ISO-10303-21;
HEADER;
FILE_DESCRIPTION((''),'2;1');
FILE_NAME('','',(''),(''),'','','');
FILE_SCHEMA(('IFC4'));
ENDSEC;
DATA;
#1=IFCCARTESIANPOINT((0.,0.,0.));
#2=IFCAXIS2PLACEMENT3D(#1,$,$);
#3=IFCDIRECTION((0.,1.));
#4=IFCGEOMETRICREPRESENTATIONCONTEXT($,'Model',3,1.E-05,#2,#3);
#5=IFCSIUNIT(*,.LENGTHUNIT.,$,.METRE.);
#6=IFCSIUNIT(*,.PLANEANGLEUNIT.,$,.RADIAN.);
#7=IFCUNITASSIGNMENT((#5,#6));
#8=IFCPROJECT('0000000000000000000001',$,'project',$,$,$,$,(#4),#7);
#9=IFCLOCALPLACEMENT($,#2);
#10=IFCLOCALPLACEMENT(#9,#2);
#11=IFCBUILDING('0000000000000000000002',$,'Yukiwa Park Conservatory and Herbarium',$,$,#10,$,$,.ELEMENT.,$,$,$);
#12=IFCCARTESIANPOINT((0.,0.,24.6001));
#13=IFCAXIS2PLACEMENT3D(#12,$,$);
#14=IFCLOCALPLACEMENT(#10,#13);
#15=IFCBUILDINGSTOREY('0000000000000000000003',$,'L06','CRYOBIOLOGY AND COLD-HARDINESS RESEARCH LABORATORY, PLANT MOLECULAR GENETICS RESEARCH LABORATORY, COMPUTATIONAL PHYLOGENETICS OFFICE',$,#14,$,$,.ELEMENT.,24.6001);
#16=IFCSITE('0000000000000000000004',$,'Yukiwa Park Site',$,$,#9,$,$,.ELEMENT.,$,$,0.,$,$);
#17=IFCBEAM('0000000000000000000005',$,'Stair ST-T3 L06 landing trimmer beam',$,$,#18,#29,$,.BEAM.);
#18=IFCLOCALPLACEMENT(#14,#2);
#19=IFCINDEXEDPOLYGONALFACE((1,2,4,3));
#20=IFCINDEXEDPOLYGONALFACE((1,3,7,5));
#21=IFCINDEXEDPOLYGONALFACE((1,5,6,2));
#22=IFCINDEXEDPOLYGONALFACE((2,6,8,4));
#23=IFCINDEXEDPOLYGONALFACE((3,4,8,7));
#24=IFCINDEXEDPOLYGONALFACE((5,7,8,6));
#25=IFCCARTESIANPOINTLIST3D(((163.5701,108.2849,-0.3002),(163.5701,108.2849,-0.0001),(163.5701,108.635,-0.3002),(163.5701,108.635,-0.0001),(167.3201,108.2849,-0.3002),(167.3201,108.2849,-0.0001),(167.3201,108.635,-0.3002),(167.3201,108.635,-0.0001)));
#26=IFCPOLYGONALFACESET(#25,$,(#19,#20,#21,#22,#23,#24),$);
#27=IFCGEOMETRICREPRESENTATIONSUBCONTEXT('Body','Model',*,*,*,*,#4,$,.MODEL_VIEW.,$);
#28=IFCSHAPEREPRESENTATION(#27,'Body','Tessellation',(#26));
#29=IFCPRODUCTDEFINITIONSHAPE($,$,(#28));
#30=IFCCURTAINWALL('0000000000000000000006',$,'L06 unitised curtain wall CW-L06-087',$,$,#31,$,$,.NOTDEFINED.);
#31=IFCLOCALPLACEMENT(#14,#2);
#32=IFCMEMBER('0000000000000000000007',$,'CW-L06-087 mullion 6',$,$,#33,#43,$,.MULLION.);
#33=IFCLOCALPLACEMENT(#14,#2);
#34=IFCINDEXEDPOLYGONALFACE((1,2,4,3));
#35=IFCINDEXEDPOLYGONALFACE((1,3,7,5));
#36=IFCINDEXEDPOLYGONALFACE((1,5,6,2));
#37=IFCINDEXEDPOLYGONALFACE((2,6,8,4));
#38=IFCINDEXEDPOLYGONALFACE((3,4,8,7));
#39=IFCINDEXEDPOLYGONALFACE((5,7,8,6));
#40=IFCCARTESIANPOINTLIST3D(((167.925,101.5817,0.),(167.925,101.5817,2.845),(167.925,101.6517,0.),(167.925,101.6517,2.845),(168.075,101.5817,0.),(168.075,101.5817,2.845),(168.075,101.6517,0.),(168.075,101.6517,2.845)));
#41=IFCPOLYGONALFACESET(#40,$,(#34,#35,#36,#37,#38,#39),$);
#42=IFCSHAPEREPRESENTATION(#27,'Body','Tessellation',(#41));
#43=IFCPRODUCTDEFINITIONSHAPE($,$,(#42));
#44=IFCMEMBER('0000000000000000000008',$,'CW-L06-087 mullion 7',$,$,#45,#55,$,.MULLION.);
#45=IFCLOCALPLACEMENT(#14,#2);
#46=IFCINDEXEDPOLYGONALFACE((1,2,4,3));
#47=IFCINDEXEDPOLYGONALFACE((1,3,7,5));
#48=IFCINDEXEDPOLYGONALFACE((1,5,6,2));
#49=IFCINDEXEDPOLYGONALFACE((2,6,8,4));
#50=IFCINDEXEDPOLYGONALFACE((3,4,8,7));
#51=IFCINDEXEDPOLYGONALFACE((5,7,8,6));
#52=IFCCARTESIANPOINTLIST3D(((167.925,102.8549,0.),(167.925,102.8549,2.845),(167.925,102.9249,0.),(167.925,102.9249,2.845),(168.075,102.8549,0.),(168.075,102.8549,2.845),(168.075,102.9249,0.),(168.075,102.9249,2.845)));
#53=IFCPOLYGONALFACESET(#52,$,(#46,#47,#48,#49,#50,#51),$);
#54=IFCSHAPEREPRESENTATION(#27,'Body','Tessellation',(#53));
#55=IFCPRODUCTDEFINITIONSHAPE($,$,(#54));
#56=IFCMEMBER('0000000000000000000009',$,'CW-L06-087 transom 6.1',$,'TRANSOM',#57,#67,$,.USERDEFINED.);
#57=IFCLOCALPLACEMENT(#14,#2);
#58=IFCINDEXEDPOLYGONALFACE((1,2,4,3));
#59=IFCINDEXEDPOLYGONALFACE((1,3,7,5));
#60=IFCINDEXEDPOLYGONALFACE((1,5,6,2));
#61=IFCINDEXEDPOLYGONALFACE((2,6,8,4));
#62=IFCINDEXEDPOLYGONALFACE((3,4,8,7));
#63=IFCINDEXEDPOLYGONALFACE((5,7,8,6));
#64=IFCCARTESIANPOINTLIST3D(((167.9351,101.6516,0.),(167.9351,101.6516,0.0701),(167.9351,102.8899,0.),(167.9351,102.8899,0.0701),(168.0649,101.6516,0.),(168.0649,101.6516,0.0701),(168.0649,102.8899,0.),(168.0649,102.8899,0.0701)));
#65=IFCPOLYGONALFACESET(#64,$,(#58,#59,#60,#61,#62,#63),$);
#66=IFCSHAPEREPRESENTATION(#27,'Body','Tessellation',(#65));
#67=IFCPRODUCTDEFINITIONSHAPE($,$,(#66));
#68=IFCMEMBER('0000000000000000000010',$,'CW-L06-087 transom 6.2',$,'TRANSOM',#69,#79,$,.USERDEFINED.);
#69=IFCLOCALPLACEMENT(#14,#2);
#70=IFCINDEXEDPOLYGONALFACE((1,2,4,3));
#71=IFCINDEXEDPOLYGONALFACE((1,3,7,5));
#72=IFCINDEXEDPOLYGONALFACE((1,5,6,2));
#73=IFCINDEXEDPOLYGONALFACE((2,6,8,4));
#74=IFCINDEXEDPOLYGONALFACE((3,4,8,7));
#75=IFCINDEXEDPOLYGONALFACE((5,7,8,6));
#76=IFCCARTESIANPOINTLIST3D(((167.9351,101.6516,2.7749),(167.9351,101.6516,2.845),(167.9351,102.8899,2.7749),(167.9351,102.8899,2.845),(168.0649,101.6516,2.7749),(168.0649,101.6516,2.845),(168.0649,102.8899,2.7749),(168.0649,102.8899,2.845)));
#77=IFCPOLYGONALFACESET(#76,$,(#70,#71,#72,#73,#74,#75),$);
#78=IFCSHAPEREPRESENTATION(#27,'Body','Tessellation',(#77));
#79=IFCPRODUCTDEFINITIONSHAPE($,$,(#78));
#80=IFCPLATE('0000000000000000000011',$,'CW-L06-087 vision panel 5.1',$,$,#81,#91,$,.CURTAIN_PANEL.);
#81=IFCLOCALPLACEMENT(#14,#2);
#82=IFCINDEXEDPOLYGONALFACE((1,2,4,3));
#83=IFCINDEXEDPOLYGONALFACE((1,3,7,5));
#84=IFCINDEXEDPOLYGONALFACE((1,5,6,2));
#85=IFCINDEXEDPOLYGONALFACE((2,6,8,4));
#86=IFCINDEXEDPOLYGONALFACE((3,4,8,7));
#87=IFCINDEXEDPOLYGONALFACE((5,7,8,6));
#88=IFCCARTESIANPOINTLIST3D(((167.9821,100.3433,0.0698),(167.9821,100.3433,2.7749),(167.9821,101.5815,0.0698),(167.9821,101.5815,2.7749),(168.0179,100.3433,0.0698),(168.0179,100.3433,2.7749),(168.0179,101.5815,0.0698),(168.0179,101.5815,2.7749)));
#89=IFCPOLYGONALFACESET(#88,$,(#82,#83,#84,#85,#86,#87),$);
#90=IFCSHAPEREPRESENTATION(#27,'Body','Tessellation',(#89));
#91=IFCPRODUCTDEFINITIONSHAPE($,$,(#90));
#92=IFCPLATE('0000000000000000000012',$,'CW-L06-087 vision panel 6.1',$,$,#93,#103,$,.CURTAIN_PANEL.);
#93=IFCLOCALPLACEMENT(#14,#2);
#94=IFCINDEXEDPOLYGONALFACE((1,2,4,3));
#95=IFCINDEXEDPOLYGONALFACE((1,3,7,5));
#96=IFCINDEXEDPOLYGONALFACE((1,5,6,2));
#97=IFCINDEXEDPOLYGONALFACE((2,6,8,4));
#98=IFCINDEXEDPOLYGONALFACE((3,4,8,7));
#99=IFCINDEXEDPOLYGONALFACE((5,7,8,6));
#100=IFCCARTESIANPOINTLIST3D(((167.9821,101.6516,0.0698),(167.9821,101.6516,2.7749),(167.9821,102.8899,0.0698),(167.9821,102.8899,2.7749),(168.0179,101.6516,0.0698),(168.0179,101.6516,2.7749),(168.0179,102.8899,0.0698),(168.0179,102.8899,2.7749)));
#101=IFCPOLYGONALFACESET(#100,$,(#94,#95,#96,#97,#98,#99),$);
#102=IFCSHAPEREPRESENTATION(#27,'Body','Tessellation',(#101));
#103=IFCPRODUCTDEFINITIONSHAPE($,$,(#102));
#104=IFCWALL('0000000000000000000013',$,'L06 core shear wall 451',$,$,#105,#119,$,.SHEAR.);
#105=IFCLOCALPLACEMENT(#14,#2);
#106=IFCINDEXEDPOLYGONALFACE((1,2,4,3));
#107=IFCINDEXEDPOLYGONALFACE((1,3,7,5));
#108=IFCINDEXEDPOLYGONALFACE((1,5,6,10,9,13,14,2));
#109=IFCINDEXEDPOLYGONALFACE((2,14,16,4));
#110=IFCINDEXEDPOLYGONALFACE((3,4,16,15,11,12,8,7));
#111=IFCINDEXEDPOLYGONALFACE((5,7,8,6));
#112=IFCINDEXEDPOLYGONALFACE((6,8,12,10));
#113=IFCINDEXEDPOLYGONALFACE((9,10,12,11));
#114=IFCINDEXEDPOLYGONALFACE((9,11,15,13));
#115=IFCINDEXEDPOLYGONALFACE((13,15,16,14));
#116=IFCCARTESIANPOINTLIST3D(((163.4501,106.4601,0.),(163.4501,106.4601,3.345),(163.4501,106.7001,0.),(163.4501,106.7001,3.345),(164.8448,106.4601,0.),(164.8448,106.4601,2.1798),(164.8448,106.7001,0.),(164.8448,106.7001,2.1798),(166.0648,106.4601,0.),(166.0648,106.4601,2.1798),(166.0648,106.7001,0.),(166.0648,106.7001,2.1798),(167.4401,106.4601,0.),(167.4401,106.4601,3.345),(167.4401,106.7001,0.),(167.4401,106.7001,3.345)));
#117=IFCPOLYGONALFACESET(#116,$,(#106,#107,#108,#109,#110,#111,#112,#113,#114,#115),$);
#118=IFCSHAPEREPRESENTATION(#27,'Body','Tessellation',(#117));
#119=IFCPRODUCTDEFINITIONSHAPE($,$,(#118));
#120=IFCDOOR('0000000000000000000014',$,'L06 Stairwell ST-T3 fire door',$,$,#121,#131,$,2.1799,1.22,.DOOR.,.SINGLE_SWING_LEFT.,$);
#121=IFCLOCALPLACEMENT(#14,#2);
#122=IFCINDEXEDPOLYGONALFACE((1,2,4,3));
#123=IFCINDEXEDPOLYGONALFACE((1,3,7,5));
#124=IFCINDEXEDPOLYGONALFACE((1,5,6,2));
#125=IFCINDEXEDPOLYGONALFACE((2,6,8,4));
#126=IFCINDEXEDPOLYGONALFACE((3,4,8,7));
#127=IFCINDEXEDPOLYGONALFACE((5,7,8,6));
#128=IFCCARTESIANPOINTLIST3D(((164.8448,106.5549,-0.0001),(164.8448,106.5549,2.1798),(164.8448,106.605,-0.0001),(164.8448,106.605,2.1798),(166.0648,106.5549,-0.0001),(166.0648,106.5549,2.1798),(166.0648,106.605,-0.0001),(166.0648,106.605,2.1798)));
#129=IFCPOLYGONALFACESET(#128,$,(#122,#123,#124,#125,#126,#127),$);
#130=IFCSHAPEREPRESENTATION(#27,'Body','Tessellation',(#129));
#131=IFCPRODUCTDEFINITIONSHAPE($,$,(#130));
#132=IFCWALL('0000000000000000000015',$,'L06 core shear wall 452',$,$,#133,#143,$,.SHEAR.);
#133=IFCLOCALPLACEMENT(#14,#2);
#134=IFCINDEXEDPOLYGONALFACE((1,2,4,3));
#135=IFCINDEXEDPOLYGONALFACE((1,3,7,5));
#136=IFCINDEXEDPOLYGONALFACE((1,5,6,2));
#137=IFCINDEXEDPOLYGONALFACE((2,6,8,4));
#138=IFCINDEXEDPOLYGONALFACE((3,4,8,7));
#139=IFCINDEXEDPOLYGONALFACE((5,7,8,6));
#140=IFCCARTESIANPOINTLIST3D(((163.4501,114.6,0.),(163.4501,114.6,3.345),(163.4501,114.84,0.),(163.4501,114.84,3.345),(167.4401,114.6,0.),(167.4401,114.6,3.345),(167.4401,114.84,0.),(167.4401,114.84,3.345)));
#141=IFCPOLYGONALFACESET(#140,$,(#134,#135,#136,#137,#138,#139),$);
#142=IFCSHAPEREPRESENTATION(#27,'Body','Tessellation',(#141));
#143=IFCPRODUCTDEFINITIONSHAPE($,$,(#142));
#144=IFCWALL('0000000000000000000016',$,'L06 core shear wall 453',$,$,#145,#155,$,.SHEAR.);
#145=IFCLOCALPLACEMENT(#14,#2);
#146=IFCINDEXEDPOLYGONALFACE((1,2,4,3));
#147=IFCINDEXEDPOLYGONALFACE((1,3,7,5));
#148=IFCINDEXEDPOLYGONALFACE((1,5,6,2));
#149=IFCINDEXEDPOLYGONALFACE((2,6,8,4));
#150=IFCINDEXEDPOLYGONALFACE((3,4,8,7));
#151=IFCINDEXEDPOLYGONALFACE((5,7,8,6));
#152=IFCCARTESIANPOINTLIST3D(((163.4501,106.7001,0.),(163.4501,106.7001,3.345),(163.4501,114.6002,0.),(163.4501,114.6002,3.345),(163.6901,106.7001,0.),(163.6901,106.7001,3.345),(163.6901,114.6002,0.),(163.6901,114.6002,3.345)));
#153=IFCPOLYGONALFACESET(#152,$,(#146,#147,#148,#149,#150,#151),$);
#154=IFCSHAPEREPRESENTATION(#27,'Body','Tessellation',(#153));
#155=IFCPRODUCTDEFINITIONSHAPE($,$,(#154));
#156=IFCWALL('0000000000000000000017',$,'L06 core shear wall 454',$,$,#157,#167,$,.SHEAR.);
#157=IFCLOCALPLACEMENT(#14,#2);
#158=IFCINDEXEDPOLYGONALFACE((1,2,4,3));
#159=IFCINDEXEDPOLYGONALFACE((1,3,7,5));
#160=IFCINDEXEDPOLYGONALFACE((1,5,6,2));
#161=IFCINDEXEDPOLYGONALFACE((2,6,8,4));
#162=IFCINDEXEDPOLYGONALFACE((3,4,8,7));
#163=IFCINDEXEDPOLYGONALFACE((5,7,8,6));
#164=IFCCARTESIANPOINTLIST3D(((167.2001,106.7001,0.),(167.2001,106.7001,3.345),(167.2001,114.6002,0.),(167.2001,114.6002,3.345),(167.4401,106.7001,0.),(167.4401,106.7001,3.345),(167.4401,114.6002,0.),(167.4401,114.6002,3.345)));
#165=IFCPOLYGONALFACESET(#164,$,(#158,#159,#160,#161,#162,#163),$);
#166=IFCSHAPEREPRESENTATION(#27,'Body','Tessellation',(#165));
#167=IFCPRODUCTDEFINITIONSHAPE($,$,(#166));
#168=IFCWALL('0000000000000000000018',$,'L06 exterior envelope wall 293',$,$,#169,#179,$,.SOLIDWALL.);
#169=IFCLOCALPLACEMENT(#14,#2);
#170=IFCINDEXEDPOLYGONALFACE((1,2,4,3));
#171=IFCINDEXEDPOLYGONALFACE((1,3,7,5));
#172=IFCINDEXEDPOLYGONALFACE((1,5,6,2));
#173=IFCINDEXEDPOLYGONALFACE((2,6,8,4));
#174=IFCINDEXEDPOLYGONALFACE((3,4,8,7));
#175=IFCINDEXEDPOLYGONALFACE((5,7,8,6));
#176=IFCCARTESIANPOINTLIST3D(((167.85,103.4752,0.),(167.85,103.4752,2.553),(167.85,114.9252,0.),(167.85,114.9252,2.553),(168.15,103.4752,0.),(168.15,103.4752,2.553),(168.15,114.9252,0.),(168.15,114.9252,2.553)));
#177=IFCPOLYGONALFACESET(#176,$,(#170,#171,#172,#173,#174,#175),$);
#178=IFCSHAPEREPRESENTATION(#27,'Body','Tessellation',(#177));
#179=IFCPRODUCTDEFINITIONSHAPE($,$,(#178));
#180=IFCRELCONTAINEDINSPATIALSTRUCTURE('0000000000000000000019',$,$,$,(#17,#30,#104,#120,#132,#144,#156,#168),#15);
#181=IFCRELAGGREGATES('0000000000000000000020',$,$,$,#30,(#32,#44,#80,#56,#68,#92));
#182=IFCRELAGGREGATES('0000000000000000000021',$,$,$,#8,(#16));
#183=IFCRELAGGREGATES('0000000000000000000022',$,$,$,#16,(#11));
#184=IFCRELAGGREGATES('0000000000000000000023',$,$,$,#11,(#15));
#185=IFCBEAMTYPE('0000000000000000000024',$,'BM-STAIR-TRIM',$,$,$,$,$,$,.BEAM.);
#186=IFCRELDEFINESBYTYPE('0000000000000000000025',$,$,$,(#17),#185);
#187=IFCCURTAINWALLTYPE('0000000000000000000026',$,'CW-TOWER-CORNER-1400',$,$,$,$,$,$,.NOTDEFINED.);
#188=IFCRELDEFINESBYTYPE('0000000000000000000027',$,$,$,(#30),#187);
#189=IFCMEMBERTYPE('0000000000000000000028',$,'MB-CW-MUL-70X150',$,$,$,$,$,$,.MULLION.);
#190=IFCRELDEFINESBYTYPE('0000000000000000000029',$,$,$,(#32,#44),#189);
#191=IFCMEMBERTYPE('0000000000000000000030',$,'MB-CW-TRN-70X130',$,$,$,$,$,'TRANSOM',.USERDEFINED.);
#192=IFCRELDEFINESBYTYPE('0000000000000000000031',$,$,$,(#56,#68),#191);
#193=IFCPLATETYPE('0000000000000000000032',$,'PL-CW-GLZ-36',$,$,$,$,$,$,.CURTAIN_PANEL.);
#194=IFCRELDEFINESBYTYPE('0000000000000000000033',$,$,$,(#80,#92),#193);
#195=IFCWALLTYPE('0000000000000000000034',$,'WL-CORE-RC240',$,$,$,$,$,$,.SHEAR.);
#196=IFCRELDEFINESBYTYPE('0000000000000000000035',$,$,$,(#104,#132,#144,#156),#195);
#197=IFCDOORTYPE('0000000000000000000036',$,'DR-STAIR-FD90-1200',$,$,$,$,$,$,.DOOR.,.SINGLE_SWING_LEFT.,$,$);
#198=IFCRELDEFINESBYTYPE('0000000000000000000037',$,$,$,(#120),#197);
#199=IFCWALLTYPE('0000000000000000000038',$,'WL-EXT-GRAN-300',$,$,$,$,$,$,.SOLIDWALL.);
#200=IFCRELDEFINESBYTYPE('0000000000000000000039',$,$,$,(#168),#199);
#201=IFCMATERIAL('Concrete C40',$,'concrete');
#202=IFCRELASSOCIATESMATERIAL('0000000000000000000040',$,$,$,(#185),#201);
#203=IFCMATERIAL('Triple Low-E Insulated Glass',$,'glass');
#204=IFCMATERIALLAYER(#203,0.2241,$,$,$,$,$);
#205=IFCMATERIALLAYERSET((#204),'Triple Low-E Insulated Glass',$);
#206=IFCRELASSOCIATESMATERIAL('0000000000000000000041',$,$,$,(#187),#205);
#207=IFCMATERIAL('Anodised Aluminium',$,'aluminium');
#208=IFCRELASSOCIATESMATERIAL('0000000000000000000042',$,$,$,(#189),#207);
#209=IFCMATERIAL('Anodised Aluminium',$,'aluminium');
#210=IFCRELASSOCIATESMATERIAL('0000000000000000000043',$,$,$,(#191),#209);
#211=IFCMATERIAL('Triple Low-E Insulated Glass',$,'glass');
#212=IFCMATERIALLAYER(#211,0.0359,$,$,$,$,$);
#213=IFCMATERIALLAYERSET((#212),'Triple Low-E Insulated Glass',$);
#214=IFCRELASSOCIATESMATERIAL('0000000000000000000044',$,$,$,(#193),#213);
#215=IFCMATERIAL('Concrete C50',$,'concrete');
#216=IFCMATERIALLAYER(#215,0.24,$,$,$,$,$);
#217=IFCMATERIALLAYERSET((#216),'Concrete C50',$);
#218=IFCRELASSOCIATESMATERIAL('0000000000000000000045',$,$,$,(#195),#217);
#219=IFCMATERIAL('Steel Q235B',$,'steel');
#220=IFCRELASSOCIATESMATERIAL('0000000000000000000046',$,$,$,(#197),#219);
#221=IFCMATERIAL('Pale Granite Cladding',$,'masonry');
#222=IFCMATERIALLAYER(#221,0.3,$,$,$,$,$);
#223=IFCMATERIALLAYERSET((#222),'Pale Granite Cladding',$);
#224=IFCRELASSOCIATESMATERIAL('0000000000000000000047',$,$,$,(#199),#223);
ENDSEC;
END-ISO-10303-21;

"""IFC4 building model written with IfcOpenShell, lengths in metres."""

from ifc_helpers import new_model, si_unit, direction, frame, frame_2d, origin, origin_2d, place, context, subcontext, project, spatial, rectangle, extrude, material, layer, layer_set, material_profile, profile_set, type_object, element, fill, aggregate, save


model = new_model("IFC4")

# Units and contexts
model_context = context("Model", 3, precision=1e-05, world=origin(), true_north=direction((0.0, 1.0)))
body_context = subcontext(model_context, "Body", "Model", "MODEL_VIEW")
ifc_project = project(units=[si_unit("LENGTHUNIT", "METRE"), si_unit("PLANEANGLEUNIT", "RADIAN")], contexts=[model_context])

# Site, building, storey
site_placement = place(None, origin())
site = spatial("IfcSite", under=ifc_project, at=site_placement, Name="Yukiwa Park Site", CompositionType="ELEMENT", RefElevation=0.0)
building_placement = place(site_placement, origin())
building = spatial("IfcBuilding", under=site, at=building_placement, Name="Yukiwa Park Conservatory and Herbarium", CompositionType="ELEMENT")
storey_placement = place(building_placement, frame((0.0, 0.0, 24.6001)))
storey = spatial("IfcBuildingStorey", under=building, at=storey_placement, Name="L06", Description="CRYOBIOLOGY AND COLD-HARDINESS RESEARCH LABORATORY, PLANT MOLECULAR GENETICS RESEARCH LABORATORY, COMPUTATIONAL PHYLOGENETICS OFFICE", CompositionType="ELEMENT", Elevation=24.6001)

# Beam
ifc_material_1 = material(Name="Concrete C40", Category="concrete")
ifc_material_profile_1 = material_profile(ifc_material_1, rectangle(XDim=0.3501, YDim=0.3, at=origin_2d()), Name="RC 350x300")
ifc_profile_set_1 = profile_set([ifc_material_profile_1], Name="Concrete C40")
beam_type_1 = type_object("IfcBeamType", Name="BM-STAIR-TRIM", PredefinedType="BEAM", material=ifc_profile_set_1)
beam_1_placement = place(storey_placement, frame((163.5701, 108.46, -0.1501), z_axis=(1.0, 0.0, 0.0), x_axis=(0.0, 1.0, 0.0)))
element("IfcBeam", 1, at=beam_1_placement, inside=storey, type_object=beam_type_1, Name="Stair ST-T3 L06 landing trimmer beam", PredefinedType="BEAM", context=body_context, shape_type="SweptSolid", body=[
    extrude(rectangle(XDim=0.3501, YDim=0.3, at=origin_2d()), origin(), (0.0, 0.0, 1.0), 3.75),
])

# Curtain wall, members, plates
ifc_material_2 = material(Name="Triple Low-E Insulated Glass", Category="glass")
ifc_layer_1 = layer(ifc_material_2, 0.2241)
ifc_layer_set_1 = layer_set([ifc_layer_1], Name="Triple Low-E Insulated Glass")
curtain_wall_type = type_object("IfcCurtainWallType", Name="CW-TOWER-CORNER-1400", PredefinedType="NOTDEFINED", material=ifc_layer_set_1)
curtain_wall_placement = place(storey_placement, origin())
curtain_wall = element("IfcCurtainWall", 2, at=curtain_wall_placement, inside=storey, type_object=curtain_wall_type, Name="L06 unitised curtain wall CW-L06-087", PredefinedType="NOTDEFINED")
ifc_material_3 = material(Name="Anodised Aluminium", Category="aluminium")
member_type_1 = type_object("IfcMemberType", Name="MB-CW-MUL-70X150", PredefinedType="MULLION", material=ifc_material_3)
member_1_placement = place(storey_placement, frame((168.0, 101.6167, 0.0), z_axis=(0.0, 0.0, 1.0), x_axis=(0.0, 1.0, 0.0)))
member_1 = element("IfcMember", 3, at=member_1_placement, type_object=member_type_1, Name="CW-L06-087 mullion 6", PredefinedType="MULLION", context=body_context, shape_type="SweptSolid", body=[
    extrude(rectangle(XDim=0.0701, YDim=0.1499, at=origin_2d()), origin(), (0.0, 0.0, 1.0), 2.845),
])
member_2_placement = place(storey_placement, frame((168.0, 102.8899, 0.0), z_axis=(0.0, 0.0, 1.0), x_axis=(0.0, 1.0, 0.0)))
member_2 = element("IfcMember", 4, at=member_2_placement, type_object=member_type_1, Name="CW-L06-087 mullion 7", PredefinedType="MULLION", context=body_context, shape_type="SweptSolid", body=[
    extrude(rectangle(XDim=0.0701, YDim=0.1499, at=origin_2d()), origin(), (0.0, 0.0, 1.0), 2.845),
])
ifc_material_4 = material(Name="Anodised Aluminium", Category="aluminium")
member_type_2 = type_object("IfcMemberType", Name="MB-CW-TRN-70X130", ElementType="TRANSOM", PredefinedType="USERDEFINED", material=ifc_material_4)
member_3_placement = place(storey_placement, frame((168.0, 102.2708, 0.0), z_axis=(0.0, 0.0, 1.0), x_axis=(0.0, 1.0, 0.0)))
member_3 = element("IfcMember", 5, at=member_3_placement, type_object=member_type_2, Name="CW-L06-087 transom 6.1", ObjectType="TRANSOM", PredefinedType="USERDEFINED", context=body_context, shape_type="SweptSolid", body=[
    extrude(rectangle(XDim=1.2383, YDim=0.1299, at=origin_2d()), origin(), (0.0, 0.0, 1.0), 0.0701),
])
member_4_placement = place(storey_placement, frame((168.0, 102.2708, 2.7749), z_axis=(0.0, 0.0, 1.0), x_axis=(0.0, 1.0, 0.0)))
member_4 = element("IfcMember", 6, at=member_4_placement, type_object=member_type_2, Name="CW-L06-087 transom 6.2", ObjectType="TRANSOM", PredefinedType="USERDEFINED", context=body_context, shape_type="SweptSolid", body=[
    extrude(rectangle(XDim=1.2383, YDim=0.1299, at=origin_2d()), origin(), (0.0, 0.0, 1.0), 0.0701),
])
ifc_material_5 = material(Name="Triple Low-E Insulated Glass", Category="glass")
ifc_layer_2 = layer(ifc_material_5, 0.0359)
ifc_layer_set_2 = layer_set([ifc_layer_2], Name="Triple Low-E Insulated Glass")
plate_type = type_object("IfcPlateType", Name="PL-CW-GLZ-36", PredefinedType="CURTAIN_PANEL", material=ifc_layer_set_2)
plate_1_placement = place(storey_placement, frame((168.0, 100.9624, 0.0698), z_axis=(0.0, 0.0, 1.0), x_axis=(0.0, 1.0, 0.0)))
plate_1 = element("IfcPlate", 7, at=plate_1_placement, type_object=plate_type, Name="CW-L06-087 vision panel 5.1", PredefinedType="CURTAIN_PANEL", context=body_context, shape_type="SweptSolid", body=[
    extrude(rectangle(XDim=1.2383, YDim=0.0359, at=origin_2d()), origin(), (0.0, 0.0, 1.0), 2.7051),
])
plate_2_placement = place(storey_placement, frame((168.0, 102.2708, 0.0698), z_axis=(0.0, 0.0, 1.0), x_axis=(0.0, 1.0, 0.0)))
plate_2 = element("IfcPlate", 8, at=plate_2_placement, type_object=plate_type, Name="CW-L06-087 vision panel 6.1", PredefinedType="CURTAIN_PANEL", context=body_context, shape_type="SweptSolid", body=[
    extrude(rectangle(XDim=1.2383, YDim=0.0359, at=origin_2d()), origin(), (0.0, 0.0, 1.0), 2.7051),
])
aggregate(curtain_wall, [member_1, member_2, plate_1, member_3, member_4, plate_2])

# Wall, opening, door
ifc_material_6 = material(Name="Concrete C50", Category="concrete")
ifc_layer_3 = layer(ifc_material_6, 0.24)
ifc_layer_set_3 = layer_set([ifc_layer_3], Name="Concrete C50")
wall_type_1 = type_object("IfcWallType", Name="WL-CORE-RC240", PredefinedType="SHEAR", material=ifc_layer_set_3)
wall_1_placement = place(storey_placement, frame((163.45, 106.5801, 0.0), z_axis=(0.0, 0.0, 1.0), x_axis=(1.0, 0.0, 0.0)))
wall_1 = element("IfcWall", 9, at=wall_1_placement, inside=storey, type_object=wall_type_1, Name="L06 core shear wall 451", PredefinedType="SHEAR", context=body_context, shape_type="SweptSolid", body=[
    extrude(rectangle(XDim=3.99, YDim=0.24, at=frame_2d((1.9951, 0.0))), origin(), (0.0, 0.0, 1.0), 3.345),
])
opening_placement = place(wall_1_placement, frame((1.395, 0.0, 0.0)))
opening = element("IfcOpeningElement", 10, at=opening_placement, cuts=wall_1, PredefinedType="OPENING", context=body_context, shape_type="SweptSolid", body=[
    extrude(rectangle(XDim=1.22, YDim=2.1799, at=frame_2d((0.6099, 1.0898))), frame((0.0, 0.1299, 0.0), z_axis=(0.0, -1.0, 0.0), x_axis=(1.0, 0.0, 0.0)), (0.0, 0.0, 1.0), 0.26),
])
ifc_material_7 = material(Name="Steel Q235B", Category="steel")
door_type = type_object("IfcDoorType", Name="DR-STAIR-FD90-1200", OperationType="SINGLE_SWING_LEFT", PredefinedType="DOOR", material=ifc_material_7)
door_placement = place(opening_placement, origin())
door = element("IfcDoor", 11, at=door_placement, inside=storey, type_object=door_type, Name="L06 Stairwell ST-T3 fire door", OperationType="SINGLE_SWING_LEFT", OverallHeight=2.1799, OverallWidth=1.22, PredefinedType="DOOR", context=body_context, shape_type="SweptSolid", body=[
    extrude(rectangle(XDim=1.22, YDim=2.1799, at=frame_2d((0.6099, 1.0898))), frame((0.0, 0.0249, 0.0), z_axis=(0.0, -1.0, 0.0), x_axis=(1.0, 0.0, 0.0)), (0.0, 0.0, 1.0), 0.05),
])
fill(opening, door)

# Walls
wall_2_placement = place(storey_placement, frame((163.45, 114.72, 0.0), z_axis=(0.0, 0.0, 1.0), x_axis=(1.0, 0.0, 0.0)))
element("IfcWall", 12, at=wall_2_placement, inside=storey, type_object=wall_type_1, Name="L06 core shear wall 452", PredefinedType="SHEAR", context=body_context, shape_type="SweptSolid", body=[
    extrude(rectangle(XDim=3.99, YDim=0.24, at=frame_2d((1.9951, 0.0))), origin(), (0.0, 0.0, 1.0), 3.345),
])
for number, where, z_axis, x_axis, name in (
    (13, (163.5701, 106.7, 0.0), (0.0, 0.0, 1.0), (0.0, 1.0, 0.0), "L06 core shear wall 453"),
    (14, (167.3201, 106.7, 0.0), (0.0, 0.0, 1.0), (0.0, 1.0, 0.0), "L06 core shear wall 454"),
):
    element("IfcWall", number, at=place(storey_placement, frame(where, z_axis=z_axis, x_axis=x_axis)), inside=storey, type_object=wall_type_1, Name=name, PredefinedType="SHEAR", context=body_context, shape_type="SweptSolid", body=[
        extrude(rectangle(XDim=7.9001, YDim=0.24, at=frame_2d((3.9502, 0.0))), origin(), (0.0, 0.0, 1.0), 3.345),
    ])
ifc_material_8 = material(Name="Pale Granite Cladding", Category="masonry")
ifc_layer_4 = layer(ifc_material_8, 0.3)
ifc_layer_set_4 = layer_set([ifc_layer_4], Name="Pale Granite Cladding")
wall_type_2 = type_object("IfcWallType", Name="WL-EXT-GRAN-300", PredefinedType="SOLIDWALL", material=ifc_layer_set_4)
wall_3_placement = place(storey_placement, frame((168.0, 103.4751, 0.0), z_axis=(0.0, 0.0, 1.0), x_axis=(0.0, 1.0, 0.0)))
element("IfcWall", 15, at=wall_3_placement, inside=storey, type_object=wall_type_2, Name="L06 exterior envelope wall 293", PredefinedType="SOLIDWALL", context=body_context, shape_type="SweptSolid", body=[
    extrude(rectangle(XDim=11.45, YDim=0.3, at=frame_2d((5.7251, 0.0))), origin(), (0.0, 0.0, 1.0), 2.553),
])

save(model, "model.ifc")
